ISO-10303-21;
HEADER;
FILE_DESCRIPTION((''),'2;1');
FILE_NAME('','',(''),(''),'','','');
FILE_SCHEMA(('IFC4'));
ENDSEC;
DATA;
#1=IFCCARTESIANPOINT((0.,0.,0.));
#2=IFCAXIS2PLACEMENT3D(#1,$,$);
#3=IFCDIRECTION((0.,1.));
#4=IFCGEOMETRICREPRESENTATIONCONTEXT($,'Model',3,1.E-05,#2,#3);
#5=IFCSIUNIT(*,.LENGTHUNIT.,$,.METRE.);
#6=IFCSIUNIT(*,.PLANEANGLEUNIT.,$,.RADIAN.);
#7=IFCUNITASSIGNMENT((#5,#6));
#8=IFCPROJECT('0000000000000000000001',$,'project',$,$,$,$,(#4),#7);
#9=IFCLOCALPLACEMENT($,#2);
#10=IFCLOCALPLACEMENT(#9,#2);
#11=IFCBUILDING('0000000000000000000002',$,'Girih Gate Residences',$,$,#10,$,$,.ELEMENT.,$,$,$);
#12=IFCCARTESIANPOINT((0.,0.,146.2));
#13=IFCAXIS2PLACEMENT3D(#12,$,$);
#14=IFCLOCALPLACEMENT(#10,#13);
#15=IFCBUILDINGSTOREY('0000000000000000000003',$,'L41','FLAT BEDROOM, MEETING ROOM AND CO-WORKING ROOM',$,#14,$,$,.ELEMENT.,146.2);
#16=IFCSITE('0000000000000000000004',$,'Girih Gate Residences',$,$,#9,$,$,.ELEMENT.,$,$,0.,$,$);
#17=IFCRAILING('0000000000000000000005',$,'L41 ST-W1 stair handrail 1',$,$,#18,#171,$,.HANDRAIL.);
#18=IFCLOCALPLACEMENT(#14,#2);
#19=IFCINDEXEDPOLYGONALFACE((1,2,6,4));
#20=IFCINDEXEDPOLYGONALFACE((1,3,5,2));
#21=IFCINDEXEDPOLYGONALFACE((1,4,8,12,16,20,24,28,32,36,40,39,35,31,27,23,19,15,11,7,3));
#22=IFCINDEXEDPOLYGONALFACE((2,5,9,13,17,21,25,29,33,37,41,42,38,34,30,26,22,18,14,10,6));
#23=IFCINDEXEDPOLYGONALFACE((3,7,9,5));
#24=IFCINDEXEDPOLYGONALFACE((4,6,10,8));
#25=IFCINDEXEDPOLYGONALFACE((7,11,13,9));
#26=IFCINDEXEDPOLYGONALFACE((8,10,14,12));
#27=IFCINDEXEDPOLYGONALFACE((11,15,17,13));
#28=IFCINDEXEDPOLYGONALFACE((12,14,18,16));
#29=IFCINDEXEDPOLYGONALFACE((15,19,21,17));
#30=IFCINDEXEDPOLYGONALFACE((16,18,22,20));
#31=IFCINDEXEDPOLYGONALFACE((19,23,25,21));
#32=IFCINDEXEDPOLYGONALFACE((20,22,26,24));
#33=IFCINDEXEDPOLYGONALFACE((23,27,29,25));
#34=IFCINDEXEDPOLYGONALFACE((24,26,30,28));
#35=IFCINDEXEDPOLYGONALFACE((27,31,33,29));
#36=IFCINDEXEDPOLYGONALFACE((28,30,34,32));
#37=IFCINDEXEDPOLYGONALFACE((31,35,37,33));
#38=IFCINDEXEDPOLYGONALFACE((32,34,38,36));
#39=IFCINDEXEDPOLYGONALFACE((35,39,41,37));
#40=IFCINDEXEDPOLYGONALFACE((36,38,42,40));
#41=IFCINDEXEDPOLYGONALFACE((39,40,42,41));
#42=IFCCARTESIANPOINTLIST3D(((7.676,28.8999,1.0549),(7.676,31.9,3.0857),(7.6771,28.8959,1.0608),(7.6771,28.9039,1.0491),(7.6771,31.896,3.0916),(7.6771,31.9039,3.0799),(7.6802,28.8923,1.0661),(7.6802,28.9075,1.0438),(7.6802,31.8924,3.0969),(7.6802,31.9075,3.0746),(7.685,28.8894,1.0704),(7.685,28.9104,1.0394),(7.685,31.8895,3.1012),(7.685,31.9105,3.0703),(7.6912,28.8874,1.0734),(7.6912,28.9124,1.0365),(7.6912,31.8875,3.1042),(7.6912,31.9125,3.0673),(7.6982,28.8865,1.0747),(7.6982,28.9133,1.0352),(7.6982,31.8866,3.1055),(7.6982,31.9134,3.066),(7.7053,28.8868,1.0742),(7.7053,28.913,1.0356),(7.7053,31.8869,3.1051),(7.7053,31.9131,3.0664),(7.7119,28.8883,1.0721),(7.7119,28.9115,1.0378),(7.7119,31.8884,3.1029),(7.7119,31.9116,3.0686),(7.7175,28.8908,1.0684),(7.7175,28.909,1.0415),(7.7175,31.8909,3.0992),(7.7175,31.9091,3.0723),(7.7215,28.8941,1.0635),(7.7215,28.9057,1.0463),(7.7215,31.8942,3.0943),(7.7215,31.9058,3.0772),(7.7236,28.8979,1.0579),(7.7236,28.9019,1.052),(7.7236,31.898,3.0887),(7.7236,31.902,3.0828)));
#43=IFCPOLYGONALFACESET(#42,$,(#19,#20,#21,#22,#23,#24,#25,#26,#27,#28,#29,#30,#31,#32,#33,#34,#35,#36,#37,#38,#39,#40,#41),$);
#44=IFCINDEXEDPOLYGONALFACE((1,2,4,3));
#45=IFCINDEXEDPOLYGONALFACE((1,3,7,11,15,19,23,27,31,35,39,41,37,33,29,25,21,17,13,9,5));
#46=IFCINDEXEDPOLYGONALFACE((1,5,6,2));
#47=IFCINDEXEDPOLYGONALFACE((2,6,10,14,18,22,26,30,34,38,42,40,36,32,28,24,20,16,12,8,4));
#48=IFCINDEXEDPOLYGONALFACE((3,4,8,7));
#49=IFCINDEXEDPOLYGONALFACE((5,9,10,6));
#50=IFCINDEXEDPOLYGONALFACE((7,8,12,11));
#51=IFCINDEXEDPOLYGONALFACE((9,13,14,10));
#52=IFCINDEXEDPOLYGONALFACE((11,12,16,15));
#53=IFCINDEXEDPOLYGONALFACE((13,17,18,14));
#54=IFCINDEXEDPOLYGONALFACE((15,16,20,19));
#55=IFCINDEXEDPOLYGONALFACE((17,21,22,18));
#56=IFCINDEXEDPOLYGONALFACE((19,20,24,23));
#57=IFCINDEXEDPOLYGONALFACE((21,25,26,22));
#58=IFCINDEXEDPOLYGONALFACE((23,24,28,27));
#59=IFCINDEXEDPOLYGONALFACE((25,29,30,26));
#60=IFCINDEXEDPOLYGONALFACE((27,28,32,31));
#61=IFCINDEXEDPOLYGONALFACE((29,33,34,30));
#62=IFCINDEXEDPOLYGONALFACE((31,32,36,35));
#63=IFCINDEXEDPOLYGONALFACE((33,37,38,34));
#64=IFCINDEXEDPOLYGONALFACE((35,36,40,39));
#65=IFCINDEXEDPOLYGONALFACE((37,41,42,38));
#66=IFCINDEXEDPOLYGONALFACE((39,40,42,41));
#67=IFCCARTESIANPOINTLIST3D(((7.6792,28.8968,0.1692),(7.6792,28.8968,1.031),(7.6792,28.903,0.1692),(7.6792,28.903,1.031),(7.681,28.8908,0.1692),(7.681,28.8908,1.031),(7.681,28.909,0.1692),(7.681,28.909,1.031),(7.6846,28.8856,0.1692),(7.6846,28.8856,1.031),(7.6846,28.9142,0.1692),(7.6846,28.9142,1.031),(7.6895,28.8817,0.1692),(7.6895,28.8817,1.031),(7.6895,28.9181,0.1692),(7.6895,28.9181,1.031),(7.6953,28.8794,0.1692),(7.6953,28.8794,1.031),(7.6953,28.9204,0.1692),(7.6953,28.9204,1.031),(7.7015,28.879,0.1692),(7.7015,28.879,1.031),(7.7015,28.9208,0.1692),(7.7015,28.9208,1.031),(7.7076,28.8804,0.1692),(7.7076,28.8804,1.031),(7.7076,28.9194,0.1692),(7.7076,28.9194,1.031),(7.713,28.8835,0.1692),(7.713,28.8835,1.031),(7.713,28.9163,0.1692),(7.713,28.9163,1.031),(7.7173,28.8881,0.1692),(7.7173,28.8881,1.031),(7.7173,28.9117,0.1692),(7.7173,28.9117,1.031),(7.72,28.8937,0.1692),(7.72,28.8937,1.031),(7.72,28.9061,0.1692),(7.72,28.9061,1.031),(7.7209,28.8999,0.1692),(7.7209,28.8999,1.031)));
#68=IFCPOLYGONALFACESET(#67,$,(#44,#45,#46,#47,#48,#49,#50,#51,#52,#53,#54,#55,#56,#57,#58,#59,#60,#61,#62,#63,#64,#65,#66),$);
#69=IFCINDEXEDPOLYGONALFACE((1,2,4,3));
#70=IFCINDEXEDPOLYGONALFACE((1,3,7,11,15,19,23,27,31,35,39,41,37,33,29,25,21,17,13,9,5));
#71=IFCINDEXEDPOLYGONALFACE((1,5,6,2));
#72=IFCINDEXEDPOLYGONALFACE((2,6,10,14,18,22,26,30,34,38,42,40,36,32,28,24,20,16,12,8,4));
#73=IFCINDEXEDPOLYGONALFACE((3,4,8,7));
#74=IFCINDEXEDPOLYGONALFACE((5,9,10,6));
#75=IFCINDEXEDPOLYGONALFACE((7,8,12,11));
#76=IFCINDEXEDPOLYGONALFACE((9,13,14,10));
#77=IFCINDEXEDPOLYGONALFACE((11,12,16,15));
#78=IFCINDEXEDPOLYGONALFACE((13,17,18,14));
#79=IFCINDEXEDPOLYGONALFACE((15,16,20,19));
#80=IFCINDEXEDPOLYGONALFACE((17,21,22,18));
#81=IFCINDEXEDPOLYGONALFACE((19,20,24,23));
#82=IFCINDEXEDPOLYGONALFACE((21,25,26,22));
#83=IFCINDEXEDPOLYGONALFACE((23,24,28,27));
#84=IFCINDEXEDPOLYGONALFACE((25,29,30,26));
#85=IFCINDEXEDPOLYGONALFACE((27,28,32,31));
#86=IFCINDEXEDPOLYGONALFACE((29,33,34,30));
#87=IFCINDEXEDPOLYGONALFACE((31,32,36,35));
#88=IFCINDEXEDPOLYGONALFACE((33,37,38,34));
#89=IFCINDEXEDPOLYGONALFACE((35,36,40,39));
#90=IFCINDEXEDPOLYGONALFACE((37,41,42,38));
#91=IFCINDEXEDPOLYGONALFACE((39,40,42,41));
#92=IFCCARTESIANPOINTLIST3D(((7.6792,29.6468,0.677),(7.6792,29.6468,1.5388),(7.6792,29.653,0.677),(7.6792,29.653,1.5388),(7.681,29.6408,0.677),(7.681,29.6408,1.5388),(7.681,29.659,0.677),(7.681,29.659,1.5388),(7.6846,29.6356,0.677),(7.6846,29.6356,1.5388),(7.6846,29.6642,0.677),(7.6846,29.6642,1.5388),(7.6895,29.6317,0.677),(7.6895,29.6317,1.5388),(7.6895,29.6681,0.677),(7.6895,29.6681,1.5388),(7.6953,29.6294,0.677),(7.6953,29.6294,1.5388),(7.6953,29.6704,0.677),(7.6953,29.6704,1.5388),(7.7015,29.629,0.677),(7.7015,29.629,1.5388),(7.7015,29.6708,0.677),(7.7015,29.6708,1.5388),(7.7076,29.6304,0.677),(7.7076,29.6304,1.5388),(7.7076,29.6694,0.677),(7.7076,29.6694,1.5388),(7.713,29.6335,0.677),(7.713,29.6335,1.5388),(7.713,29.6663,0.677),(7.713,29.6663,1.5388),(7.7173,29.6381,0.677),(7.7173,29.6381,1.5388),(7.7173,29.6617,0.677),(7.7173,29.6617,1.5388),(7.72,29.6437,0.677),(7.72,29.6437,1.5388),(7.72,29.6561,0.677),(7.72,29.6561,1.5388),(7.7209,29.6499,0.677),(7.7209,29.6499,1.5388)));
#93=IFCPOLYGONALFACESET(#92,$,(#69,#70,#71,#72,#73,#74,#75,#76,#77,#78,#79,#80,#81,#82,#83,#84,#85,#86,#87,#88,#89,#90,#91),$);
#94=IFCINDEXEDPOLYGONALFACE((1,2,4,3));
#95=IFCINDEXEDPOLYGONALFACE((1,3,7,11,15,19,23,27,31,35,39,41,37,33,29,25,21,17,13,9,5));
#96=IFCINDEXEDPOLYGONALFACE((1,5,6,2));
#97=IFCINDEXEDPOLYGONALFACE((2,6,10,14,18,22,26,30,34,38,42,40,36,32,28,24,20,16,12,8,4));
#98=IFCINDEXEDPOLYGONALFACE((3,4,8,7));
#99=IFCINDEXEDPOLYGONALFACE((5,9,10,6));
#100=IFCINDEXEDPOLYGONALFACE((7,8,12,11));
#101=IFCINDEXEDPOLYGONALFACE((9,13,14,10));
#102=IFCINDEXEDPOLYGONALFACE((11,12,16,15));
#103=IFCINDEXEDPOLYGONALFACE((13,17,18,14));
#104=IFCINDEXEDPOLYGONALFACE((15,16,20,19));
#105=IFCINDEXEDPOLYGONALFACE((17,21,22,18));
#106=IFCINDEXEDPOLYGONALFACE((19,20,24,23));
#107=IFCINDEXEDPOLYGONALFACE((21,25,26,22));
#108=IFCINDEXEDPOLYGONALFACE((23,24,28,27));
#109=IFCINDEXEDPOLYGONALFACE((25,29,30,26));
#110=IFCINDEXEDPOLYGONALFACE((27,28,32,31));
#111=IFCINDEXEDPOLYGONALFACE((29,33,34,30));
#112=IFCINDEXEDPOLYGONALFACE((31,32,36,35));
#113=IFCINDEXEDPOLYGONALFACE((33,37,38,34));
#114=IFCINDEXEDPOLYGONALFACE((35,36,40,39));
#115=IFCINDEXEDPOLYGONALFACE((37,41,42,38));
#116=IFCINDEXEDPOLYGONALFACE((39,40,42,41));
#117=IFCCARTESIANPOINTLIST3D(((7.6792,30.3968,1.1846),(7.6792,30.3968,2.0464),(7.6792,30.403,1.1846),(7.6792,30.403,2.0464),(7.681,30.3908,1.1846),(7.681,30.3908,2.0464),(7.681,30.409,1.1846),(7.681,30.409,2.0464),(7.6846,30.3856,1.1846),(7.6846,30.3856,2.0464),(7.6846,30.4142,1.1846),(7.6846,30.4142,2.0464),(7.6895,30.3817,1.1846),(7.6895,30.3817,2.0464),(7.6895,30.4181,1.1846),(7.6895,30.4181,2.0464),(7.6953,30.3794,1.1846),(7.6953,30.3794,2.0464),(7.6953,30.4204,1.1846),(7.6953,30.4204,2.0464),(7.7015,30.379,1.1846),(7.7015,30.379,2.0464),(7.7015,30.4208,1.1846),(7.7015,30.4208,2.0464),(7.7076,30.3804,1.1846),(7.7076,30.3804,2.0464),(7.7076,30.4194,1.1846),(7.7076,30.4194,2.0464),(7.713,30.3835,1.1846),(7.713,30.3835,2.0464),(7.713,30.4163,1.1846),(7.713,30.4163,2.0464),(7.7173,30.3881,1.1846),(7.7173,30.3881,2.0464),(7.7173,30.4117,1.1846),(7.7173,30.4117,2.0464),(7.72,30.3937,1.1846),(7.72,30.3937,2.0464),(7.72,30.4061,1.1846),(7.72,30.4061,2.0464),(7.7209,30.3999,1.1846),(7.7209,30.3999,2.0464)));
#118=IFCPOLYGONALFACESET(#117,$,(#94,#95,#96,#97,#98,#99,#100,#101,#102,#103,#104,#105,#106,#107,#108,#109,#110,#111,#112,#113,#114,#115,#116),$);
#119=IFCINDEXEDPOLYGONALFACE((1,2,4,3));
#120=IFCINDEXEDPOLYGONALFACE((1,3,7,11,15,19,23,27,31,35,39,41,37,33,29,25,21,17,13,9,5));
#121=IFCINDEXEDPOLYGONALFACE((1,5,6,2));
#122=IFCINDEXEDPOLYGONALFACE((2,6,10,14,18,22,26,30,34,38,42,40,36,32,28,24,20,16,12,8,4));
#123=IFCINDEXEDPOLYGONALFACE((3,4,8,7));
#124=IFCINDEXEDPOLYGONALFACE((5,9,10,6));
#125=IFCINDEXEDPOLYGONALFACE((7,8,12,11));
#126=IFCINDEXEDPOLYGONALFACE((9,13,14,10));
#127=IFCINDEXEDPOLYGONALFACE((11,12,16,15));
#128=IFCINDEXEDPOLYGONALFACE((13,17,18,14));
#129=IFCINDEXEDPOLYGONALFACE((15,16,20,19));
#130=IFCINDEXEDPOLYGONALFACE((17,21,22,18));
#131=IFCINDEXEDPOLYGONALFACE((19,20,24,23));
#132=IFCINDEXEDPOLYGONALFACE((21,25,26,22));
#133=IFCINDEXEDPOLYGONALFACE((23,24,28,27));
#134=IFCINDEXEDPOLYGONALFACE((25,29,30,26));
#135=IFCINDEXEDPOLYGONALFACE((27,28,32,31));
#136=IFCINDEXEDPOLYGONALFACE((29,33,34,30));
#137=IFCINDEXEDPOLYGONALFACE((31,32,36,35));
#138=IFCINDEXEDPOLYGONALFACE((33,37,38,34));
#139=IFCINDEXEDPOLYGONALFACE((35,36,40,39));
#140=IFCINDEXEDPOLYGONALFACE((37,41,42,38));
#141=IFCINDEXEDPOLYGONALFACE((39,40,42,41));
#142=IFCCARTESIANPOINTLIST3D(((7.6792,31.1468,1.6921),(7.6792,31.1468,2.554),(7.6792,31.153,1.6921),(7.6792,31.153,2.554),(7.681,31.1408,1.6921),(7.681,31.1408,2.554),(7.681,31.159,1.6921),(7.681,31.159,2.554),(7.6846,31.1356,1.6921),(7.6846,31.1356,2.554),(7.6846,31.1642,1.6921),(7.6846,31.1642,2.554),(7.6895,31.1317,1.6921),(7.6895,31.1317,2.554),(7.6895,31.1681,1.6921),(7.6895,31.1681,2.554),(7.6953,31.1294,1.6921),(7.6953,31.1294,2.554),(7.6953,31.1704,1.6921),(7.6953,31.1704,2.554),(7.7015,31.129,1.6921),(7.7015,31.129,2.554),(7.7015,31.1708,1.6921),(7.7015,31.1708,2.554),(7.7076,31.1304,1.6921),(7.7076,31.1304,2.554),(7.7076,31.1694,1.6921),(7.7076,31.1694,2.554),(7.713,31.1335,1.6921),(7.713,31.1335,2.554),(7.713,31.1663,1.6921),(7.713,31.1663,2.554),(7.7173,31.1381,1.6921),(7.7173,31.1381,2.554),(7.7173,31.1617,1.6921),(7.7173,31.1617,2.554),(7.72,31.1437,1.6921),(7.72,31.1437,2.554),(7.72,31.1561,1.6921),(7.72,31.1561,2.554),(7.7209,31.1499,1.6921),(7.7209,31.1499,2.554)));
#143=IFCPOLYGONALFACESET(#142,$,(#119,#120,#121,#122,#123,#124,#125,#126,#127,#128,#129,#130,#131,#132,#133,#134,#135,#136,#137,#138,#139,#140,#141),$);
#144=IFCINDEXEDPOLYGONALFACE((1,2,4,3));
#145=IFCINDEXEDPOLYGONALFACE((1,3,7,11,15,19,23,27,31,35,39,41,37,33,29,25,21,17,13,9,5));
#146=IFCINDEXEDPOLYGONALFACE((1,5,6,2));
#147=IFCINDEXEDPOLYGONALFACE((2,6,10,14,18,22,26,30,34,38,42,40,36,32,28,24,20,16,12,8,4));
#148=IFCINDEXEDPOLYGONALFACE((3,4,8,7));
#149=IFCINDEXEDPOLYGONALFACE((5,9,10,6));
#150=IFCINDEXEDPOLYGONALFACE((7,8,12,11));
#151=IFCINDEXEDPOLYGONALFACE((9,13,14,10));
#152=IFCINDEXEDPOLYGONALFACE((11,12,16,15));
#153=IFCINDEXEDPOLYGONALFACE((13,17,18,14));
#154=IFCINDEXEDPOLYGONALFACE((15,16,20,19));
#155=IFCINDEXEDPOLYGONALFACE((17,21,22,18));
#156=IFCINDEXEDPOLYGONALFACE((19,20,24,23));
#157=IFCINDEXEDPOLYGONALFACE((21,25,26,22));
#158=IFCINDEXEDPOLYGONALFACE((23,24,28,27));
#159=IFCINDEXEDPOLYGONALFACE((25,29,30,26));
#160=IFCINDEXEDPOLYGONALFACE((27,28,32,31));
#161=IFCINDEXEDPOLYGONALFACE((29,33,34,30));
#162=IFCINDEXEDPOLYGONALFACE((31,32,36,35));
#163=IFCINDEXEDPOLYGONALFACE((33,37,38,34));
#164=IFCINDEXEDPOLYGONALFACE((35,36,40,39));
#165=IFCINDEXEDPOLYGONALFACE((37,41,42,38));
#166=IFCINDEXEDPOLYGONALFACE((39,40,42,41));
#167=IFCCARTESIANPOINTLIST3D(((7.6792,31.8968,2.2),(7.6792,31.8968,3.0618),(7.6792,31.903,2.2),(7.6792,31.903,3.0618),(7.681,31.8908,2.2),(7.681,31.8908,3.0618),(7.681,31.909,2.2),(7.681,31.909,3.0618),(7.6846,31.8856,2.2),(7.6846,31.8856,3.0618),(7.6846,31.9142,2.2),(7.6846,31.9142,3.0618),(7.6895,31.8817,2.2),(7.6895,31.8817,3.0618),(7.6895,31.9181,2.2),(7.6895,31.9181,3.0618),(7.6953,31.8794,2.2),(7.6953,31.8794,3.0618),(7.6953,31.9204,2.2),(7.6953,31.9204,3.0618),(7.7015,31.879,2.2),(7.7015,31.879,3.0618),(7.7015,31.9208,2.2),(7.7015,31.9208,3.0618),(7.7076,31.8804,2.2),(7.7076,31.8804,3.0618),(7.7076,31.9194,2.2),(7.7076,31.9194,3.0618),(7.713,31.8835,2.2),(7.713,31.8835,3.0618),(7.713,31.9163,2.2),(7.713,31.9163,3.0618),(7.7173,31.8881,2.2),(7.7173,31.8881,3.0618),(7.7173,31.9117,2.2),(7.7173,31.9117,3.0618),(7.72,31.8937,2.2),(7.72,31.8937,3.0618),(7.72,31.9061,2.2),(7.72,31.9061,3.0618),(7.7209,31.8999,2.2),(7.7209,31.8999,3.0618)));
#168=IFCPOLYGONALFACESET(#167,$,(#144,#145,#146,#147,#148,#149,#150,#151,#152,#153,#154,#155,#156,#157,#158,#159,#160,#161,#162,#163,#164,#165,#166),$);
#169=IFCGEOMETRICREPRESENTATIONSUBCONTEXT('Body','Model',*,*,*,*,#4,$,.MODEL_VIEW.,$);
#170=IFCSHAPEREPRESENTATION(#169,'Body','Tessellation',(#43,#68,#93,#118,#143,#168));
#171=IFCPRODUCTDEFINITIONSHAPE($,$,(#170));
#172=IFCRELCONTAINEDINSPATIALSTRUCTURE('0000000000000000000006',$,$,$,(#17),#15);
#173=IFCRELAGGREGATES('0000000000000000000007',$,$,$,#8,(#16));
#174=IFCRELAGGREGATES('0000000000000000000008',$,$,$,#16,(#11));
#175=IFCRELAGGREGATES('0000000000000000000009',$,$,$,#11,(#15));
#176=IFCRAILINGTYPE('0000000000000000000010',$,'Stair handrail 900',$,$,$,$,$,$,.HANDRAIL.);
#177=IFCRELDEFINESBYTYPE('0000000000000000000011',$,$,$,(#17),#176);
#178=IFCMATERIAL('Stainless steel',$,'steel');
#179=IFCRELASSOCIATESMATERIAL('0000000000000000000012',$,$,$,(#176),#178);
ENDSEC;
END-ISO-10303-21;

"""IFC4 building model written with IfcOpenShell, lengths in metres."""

from ifc_helpers import new_model, si_unit, direction, frame, origin, origin_2d, place, context, subcontext, project, spatial, circle, extrude, material, type_object, element, save


model = new_model("IFC4")

# Units and contexts
model_context = context("Model", 3, precision=1e-05, world=origin(), true_north=direction((0.0, 1.0)))
body_context = subcontext(model_context, "Body", "Model", "MODEL_VIEW")
ifc_project = project(units=[si_unit("LENGTHUNIT", "METRE"), si_unit("PLANEANGLEUNIT", "RADIAN")], contexts=[model_context])

# Site, building, storey
site_placement = place(None, origin())
site = spatial("IfcSite", under=ifc_project, at=site_placement, Name="Girih Gate Residences", CompositionType="ELEMENT", RefElevation=0.0)
building_placement = place(site_placement, origin())
building = spatial("IfcBuilding", under=site, at=building_placement, Name="Girih Gate Residences", CompositionType="ELEMENT")
storey_placement = place(building_placement, frame((0.0, 0.0, 146.2)))
storey = spatial("IfcBuildingStorey", under=building, at=storey_placement, Name="L41", Description="FLAT BEDROOM, MEETING ROOM AND CO-WORKING ROOM", CompositionType="ELEMENT", Elevation=146.2)

# Railing
ifc_material_1 = material(Name="Stainless steel", Category="steel")
railing_type_1 = type_object("IfcRailingType", Name="Stair handrail 900", PredefinedType="HANDRAIL", material=ifc_material_1)
for number, where, name in (
    (1, (7.7, 28.8999, 0.1692), "L41 ST-W1 stair handrail 1"),
):
    element("IfcRailing", number, at=place(storey_placement, frame(where)), inside=storey, type_object=railing_type_1, Name=name, PredefinedType="HANDRAIL", context=body_context, shape_type="SweptSolid", body=[
        extrude(circle(Radius=0.0239, at=origin_2d()), frame((0.0, 0.0, 0.8857), z_axis=(0.0, 0.82811, 0.560565), x_axis=(-1.0, 0.0, 0.0)), (0.0, 0.0, 1.0), 3.6228),
        extrude(circle(Radius=0.021, at=origin_2d()), origin(), (0.0, 0.0, 1.0), 0.8618),
        extrude(circle(Radius=0.021, at=origin_2d()), frame((0.0, 0.75, 0.5078)), (0.0, 0.0, 1.0), 0.8618),
        extrude(circle(Radius=0.021, at=origin_2d()), frame((0.0, 1.5, 1.0154)), (0.0, 0.0, 1.0), 0.8618),
        extrude(circle(Radius=0.021, at=origin_2d()), frame((0.0, 2.25, 1.5229)), (0.0, 0.0, 1.0), 0.8618),
        extrude(circle(Radius=0.021, at=origin_2d()), frame((0.0, 3.0, 2.0308)), (0.0, 0.0, 1.0), 0.8618),
    ])

save(model, "model.ifc")
